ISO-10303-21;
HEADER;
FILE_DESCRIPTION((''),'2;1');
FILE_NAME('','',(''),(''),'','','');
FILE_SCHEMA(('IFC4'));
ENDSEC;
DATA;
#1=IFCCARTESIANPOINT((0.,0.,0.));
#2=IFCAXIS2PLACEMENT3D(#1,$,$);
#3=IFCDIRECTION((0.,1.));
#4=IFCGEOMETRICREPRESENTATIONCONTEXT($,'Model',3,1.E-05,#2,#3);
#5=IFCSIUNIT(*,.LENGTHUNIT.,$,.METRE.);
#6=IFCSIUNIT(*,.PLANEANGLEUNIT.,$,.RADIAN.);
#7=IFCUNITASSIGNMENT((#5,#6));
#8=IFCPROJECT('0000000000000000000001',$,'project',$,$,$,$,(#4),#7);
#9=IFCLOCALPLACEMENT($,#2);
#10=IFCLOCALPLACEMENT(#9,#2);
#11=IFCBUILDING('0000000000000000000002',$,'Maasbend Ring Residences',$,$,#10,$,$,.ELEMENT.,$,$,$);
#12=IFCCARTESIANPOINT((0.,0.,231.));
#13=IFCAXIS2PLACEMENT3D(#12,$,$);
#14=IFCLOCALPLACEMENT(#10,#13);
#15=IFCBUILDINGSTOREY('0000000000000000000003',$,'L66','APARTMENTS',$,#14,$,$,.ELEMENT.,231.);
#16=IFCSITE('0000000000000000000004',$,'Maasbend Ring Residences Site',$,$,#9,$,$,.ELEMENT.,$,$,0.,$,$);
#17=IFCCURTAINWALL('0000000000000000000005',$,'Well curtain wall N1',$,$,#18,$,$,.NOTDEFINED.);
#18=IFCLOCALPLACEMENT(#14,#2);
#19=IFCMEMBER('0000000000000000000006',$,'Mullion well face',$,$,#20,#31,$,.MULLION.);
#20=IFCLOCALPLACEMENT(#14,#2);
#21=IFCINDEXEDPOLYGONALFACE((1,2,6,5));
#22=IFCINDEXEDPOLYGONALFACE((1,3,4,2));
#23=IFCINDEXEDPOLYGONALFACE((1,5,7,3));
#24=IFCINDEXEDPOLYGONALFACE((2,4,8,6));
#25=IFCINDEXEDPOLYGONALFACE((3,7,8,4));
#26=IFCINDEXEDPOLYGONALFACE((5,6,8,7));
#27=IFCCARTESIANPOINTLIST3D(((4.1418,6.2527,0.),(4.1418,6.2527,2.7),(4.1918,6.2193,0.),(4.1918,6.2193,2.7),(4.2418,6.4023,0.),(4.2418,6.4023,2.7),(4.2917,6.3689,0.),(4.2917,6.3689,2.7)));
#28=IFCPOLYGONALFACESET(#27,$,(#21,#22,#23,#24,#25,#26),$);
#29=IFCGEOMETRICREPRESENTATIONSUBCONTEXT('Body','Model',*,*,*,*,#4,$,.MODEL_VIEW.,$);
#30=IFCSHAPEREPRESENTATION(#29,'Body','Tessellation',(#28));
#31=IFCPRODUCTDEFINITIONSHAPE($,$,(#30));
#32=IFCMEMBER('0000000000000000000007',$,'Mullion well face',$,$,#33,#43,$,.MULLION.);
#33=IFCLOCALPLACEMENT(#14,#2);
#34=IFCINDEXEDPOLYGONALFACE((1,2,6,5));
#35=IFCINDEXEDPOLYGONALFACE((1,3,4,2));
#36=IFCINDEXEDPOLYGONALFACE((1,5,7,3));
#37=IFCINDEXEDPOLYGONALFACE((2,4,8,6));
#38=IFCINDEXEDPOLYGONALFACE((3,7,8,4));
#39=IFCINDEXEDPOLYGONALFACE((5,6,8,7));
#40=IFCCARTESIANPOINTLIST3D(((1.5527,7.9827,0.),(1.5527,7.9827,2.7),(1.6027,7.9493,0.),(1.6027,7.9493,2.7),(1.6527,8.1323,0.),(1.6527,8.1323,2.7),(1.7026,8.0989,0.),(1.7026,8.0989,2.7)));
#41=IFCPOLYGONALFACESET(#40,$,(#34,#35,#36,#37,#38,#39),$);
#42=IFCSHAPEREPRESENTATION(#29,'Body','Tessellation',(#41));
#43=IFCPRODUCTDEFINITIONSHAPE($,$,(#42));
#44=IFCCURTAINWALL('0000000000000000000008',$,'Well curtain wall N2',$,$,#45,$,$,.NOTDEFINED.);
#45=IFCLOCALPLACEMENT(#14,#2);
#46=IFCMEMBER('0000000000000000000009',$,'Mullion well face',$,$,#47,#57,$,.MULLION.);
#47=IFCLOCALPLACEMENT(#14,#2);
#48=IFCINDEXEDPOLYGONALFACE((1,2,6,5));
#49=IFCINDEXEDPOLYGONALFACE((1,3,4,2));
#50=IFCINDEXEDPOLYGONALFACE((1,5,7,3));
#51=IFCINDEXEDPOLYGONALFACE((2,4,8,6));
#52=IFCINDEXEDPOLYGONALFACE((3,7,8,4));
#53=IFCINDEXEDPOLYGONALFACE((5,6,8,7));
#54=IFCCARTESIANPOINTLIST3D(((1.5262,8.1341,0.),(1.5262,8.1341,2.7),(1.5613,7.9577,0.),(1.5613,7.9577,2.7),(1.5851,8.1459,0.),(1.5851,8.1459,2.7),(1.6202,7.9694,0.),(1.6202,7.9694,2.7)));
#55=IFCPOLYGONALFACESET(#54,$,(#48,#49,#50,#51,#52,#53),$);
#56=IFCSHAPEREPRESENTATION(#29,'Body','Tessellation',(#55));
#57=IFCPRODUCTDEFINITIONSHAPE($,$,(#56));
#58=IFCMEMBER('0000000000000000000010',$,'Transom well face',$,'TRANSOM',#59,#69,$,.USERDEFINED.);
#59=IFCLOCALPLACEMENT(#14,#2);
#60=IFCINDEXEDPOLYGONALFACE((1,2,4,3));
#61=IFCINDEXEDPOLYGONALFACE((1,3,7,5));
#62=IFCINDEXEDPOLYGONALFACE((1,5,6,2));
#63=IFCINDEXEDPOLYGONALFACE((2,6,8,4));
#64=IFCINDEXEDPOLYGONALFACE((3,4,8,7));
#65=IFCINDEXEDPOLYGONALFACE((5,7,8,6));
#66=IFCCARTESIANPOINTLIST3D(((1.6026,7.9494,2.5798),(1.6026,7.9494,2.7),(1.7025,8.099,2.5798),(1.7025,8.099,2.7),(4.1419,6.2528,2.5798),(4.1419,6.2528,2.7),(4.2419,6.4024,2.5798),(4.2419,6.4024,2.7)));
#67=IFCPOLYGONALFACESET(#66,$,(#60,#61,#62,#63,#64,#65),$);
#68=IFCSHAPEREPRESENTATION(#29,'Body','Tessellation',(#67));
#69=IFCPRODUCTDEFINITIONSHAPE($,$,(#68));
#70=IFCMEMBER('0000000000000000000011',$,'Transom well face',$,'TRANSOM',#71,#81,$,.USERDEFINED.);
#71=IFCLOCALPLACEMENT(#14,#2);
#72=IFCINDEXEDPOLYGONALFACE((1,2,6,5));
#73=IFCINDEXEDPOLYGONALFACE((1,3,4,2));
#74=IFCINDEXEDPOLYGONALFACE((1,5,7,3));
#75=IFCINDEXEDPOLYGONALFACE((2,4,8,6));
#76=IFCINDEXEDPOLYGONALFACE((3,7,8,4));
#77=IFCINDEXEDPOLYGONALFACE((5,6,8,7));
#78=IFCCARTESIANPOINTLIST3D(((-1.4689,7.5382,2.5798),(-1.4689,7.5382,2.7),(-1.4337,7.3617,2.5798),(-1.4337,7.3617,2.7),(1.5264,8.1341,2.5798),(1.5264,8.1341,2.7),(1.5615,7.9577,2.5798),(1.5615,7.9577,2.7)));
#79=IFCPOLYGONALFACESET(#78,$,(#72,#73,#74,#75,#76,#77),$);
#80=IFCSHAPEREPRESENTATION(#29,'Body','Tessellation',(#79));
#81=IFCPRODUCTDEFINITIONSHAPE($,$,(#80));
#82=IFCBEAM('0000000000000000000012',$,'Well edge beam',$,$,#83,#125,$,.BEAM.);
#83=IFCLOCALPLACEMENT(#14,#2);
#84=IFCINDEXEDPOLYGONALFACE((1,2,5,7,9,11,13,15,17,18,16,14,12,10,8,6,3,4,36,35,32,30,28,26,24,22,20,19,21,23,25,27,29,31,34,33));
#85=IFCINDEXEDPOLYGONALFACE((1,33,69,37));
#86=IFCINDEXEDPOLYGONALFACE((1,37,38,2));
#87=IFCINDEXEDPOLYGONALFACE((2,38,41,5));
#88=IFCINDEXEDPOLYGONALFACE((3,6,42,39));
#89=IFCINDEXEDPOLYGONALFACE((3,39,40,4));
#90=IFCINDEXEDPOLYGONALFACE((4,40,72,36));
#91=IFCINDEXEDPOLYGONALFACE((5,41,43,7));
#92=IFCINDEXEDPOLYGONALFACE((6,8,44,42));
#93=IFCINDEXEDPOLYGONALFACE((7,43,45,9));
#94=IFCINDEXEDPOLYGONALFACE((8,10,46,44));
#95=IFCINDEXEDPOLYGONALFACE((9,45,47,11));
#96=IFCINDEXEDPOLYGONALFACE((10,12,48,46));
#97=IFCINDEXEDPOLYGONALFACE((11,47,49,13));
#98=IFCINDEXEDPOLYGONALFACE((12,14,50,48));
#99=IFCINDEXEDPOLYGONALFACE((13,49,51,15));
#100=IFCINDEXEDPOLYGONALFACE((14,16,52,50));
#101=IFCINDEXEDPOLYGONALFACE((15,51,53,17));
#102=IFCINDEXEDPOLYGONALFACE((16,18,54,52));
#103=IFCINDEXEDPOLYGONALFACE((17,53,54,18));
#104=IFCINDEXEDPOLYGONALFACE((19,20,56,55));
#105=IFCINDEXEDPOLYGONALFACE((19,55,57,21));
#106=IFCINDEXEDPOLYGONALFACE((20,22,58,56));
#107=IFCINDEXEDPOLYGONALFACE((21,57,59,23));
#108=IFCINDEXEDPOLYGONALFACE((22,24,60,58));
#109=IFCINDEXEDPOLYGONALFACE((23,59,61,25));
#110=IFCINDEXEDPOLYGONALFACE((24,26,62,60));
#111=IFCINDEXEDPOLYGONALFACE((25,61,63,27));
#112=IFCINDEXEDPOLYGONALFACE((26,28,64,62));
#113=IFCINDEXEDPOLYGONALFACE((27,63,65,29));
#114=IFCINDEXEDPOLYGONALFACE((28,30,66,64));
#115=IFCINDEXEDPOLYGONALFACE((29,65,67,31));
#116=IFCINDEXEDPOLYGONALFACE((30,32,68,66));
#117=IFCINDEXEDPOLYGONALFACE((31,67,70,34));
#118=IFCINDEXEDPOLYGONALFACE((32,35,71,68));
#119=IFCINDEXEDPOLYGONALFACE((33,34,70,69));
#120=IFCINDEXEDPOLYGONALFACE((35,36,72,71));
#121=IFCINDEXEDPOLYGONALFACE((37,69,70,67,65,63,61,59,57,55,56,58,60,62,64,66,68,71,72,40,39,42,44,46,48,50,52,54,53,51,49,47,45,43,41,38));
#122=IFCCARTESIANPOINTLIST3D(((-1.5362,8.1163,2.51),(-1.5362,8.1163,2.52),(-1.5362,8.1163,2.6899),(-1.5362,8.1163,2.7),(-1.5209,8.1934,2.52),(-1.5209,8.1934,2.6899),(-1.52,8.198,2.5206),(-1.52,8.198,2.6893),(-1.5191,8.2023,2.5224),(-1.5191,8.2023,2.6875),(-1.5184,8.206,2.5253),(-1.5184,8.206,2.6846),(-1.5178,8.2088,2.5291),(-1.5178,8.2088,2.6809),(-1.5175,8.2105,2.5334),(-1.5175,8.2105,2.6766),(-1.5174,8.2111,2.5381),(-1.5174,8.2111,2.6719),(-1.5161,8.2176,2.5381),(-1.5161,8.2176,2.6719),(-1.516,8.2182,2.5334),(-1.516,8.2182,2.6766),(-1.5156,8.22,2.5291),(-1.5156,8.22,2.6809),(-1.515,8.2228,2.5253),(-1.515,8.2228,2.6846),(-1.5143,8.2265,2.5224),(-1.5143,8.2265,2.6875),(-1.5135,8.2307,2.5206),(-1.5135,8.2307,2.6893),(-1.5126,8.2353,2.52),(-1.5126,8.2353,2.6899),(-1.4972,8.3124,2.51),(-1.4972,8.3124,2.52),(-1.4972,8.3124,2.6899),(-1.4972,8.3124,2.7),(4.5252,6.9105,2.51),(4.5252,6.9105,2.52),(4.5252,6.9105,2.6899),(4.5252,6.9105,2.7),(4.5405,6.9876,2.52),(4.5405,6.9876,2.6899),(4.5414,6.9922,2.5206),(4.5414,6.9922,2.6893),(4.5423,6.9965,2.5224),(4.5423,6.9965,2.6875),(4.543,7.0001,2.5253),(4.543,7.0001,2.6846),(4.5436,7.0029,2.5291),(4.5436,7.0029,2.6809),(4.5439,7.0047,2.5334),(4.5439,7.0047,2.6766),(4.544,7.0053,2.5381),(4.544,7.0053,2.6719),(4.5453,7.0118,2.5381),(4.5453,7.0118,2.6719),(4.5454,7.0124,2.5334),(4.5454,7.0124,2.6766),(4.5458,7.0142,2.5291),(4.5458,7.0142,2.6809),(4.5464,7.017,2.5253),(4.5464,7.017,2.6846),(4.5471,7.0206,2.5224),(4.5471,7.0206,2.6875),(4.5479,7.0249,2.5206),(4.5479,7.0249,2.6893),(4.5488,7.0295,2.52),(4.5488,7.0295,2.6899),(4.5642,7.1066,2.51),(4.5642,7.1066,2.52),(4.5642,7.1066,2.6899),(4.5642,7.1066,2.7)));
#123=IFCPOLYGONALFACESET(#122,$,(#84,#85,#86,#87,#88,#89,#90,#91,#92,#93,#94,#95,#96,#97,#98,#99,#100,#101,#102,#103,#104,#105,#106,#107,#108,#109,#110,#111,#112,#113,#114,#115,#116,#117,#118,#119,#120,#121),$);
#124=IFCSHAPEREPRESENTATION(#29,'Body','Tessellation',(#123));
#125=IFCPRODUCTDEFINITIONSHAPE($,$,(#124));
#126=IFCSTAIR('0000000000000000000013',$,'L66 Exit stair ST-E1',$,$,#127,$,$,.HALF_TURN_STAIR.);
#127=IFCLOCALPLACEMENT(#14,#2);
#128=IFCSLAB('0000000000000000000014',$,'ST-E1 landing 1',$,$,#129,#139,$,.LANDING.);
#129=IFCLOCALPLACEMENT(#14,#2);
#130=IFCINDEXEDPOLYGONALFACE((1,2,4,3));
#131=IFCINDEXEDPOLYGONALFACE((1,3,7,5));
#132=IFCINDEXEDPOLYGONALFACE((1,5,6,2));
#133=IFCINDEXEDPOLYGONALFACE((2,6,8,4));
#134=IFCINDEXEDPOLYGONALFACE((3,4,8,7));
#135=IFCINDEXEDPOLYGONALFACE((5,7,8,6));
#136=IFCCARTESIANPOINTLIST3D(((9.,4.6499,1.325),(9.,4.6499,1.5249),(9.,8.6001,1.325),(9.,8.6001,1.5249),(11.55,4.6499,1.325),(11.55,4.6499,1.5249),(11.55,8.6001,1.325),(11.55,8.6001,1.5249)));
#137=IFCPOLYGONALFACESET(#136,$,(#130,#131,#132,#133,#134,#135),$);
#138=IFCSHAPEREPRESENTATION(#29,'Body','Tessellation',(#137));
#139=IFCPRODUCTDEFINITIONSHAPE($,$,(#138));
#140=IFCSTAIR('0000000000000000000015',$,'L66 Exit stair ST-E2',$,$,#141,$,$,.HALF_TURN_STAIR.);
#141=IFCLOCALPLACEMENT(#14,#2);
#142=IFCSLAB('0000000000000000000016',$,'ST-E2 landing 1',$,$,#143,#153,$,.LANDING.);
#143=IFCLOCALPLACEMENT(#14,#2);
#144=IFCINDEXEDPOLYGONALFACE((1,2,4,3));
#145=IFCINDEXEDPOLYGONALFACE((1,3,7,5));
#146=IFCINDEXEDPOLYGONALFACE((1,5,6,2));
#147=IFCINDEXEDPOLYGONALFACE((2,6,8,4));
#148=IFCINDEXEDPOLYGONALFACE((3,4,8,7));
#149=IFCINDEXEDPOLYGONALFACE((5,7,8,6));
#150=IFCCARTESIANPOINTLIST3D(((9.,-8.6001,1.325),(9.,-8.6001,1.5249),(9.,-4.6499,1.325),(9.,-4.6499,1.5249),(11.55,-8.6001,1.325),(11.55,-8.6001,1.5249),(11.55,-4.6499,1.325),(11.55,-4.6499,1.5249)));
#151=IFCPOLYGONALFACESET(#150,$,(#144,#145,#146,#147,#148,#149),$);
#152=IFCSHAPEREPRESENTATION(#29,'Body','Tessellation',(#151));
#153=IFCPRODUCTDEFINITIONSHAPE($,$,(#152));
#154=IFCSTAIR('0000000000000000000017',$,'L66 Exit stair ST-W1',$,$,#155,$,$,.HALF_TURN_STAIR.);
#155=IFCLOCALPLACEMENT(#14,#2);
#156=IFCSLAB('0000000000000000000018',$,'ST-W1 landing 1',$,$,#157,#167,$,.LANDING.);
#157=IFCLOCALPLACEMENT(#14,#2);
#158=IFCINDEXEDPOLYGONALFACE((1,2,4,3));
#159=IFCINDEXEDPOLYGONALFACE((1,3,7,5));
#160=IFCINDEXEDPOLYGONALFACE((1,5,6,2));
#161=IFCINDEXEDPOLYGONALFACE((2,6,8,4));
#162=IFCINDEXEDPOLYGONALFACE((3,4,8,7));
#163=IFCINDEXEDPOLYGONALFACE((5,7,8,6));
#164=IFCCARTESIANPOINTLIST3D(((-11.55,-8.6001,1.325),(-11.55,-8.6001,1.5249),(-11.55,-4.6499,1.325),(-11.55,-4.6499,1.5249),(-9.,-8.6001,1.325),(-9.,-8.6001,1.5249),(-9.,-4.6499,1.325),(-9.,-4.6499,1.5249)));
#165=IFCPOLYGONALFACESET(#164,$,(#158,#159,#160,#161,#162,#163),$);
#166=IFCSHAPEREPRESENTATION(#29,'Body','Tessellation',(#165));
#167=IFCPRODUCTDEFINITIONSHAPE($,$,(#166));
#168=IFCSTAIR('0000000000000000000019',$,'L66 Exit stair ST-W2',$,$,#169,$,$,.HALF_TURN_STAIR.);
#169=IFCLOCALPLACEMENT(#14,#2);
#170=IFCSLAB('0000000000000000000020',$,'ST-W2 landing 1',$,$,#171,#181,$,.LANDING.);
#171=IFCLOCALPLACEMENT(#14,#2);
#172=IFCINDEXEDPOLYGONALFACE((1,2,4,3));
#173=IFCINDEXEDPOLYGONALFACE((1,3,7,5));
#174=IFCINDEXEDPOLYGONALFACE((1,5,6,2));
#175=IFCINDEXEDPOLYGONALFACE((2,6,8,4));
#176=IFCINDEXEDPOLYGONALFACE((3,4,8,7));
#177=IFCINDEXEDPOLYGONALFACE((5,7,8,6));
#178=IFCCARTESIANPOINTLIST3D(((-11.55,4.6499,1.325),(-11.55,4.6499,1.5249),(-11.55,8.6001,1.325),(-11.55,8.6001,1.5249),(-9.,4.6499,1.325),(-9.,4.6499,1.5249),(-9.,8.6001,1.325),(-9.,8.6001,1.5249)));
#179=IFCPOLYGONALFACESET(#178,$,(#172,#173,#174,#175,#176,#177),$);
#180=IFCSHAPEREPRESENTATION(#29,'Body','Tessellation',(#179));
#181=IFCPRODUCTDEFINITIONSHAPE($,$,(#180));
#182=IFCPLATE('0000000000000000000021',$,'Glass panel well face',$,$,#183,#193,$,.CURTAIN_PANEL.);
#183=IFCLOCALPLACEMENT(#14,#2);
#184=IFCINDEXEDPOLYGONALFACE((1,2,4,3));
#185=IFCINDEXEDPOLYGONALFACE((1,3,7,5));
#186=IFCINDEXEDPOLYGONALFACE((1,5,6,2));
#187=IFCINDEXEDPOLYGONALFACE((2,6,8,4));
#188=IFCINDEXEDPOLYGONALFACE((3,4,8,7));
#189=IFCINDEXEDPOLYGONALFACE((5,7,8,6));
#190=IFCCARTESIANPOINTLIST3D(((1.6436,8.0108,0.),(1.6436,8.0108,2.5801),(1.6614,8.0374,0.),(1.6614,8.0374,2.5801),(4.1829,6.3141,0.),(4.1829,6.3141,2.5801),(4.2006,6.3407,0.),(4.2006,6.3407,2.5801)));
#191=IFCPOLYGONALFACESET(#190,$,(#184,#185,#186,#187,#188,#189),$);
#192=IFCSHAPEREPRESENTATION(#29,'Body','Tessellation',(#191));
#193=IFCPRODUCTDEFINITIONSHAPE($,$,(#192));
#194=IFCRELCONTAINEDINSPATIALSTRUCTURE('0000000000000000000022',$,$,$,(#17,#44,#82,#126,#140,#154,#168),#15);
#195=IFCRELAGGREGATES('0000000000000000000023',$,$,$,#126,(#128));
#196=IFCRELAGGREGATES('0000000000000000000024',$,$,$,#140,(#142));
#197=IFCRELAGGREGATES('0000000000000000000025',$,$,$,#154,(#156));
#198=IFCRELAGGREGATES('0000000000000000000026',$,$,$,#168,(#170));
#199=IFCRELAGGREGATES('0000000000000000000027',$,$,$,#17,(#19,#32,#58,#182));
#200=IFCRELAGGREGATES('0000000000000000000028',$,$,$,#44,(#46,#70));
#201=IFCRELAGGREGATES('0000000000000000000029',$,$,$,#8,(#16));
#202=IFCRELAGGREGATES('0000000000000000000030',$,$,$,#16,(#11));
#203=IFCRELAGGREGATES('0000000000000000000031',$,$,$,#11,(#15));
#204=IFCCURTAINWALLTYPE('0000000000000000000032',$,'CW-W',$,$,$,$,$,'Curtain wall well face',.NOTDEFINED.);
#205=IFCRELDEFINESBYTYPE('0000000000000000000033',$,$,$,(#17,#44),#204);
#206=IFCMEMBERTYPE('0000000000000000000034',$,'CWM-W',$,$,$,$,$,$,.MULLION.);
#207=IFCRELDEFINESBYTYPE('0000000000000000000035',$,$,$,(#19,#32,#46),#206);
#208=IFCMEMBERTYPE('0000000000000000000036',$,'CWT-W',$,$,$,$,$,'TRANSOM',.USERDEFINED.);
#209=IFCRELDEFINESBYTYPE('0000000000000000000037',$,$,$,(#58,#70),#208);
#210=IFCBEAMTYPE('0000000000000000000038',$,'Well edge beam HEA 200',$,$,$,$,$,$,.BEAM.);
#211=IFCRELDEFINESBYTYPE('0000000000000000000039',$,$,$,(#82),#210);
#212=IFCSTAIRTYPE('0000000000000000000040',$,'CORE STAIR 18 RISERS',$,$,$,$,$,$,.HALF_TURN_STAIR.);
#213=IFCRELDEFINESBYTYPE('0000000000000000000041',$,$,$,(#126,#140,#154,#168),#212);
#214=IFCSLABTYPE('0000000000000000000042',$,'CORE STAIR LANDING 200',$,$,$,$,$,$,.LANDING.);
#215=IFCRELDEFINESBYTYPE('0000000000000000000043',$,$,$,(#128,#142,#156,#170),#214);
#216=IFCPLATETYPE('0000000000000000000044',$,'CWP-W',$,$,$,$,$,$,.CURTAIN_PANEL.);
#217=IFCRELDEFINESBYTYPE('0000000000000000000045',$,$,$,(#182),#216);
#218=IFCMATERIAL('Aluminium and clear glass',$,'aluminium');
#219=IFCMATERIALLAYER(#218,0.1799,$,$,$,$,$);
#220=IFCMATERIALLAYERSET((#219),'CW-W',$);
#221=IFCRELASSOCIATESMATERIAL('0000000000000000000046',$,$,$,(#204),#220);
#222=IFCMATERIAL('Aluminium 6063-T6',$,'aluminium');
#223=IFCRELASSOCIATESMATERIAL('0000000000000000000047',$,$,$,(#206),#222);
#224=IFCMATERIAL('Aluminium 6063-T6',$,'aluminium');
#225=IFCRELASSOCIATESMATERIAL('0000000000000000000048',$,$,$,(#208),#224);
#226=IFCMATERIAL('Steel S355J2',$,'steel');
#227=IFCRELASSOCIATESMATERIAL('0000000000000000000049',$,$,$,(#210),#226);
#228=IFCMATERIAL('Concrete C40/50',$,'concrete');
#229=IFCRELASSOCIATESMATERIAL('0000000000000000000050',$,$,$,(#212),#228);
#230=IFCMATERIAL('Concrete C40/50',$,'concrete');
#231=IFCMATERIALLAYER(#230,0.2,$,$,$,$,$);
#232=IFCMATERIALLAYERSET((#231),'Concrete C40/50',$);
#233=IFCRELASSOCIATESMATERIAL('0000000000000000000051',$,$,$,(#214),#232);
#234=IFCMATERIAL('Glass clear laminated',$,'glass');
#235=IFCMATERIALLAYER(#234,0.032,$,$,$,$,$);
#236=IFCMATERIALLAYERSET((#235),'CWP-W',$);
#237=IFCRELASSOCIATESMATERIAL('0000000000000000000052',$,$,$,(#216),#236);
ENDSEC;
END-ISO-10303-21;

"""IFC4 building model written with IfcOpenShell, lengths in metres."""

from ifc_helpers import new_model, si_unit, direction, frame, origin, origin_2d, place, context, subcontext, project, spatial, polyline, rectangle, i_section, outline, extrude, material, layer, layer_set, material_profile, profile_set, type_object, element, aggregate, save


model = new_model("IFC4")

# Units and contexts
model_context = context("Model", 3, precision=1e-05, world=origin(), true_north=direction((0.0, 1.0)))
body_context = subcontext(model_context, "Body", "Model", "MODEL_VIEW")
ifc_project = project(units=[si_unit("LENGTHUNIT", "METRE"), si_unit("PLANEANGLEUNIT", "RADIAN")], contexts=[model_context])

# Site, building, storey
site_placement = place(None, origin())
site = spatial("IfcSite", under=ifc_project, at=site_placement, Name="Maasbend Ring Residences Site", CompositionType="ELEMENT", RefElevation=0.0)
building_placement = place(site_placement, origin())
building = spatial("IfcBuilding", under=site, at=building_placement, Name="Maasbend Ring Residences", CompositionType="ELEMENT")
storey_placement = place(building_placement, frame((0.0, 0.0, 231.0)))
storey = spatial("IfcBuildingStorey", under=building, at=storey_placement, Name="L66", Description="APARTMENTS", CompositionType="ELEMENT", Elevation=231.0)

# Curtain wall, members
ifc_material_1 = material(Name="Aluminium and clear glass", Category="aluminium")
ifc_layer_1 = layer(ifc_material_1, 0.1799)
ifc_layer_set_1 = layer_set([ifc_layer_1], Name="CW-W")
curtain_wall_type = type_object("IfcCurtainWallType", Name="CW-W", ElementType="Curtain wall well face", PredefinedType="NOTDEFINED", material=ifc_layer_set_1)
curtain_wall_1_placement = place(storey_placement, origin())
curtain_wall_1 = element("IfcCurtainWall", 1, at=curtain_wall_1_placement, inside=storey, type_object=curtain_wall_type, Name="Well curtain wall N1", PredefinedType="NOTDEFINED")
ifc_material_2 = material(Name="Aluminium 6063-T6", Category="aluminium")
ifc_material_profile_1 = material_profile(ifc_material_2, rectangle(XDim=0.1799, YDim=0.0601, at=origin_2d()), Name="AL 180x60")
ifc_profile_set_1 = profile_set([ifc_material_profile_1], Name="Aluminium 6063-T6")
member_type_1 = type_object("IfcMemberType", Name="CWM-W", PredefinedType="MULLION", material=ifc_profile_set_1)
member_1_placement = place(storey_placement, frame((4.2168, 6.3108, 0.0), z_axis=(0.0, 0.0, 1.0), x_axis=(-0.55557, -0.83147, 0.0)))
member_1 = element("IfcMember", 2, at=member_1_placement, type_object=member_type_1, Name="Mullion well face", PredefinedType="MULLION", context=body_context, shape_type="SweptSolid", body=[
    extrude(rectangle(XDim=0.1799, YDim=0.0601, at=origin_2d()), origin(), (0.0, 0.0, 1.0), 2.7),
])
member_2_placement = place(storey_placement, frame((1.6277, 8.0408, 0.0), z_axis=(0.0, 0.0, 1.0), x_axis=(-0.55557, -0.83147, 0.0)))
member_2 = element("IfcMember", 3, at=member_2_placement, type_object=member_type_1, Name="Mullion well face", PredefinedType="MULLION", context=body_context, shape_type="SweptSolid", body=[
    extrude(rectangle(XDim=0.1799, YDim=0.0601, at=origin_2d()), origin(), (0.0, 0.0, 1.0), 2.7),
])

# Curtain wall, member
curtain_wall_2_placement = place(storey_placement, origin())
curtain_wall_2 = element("IfcCurtainWall", 4, at=curtain_wall_2_placement, inside=storey, type_object=curtain_wall_type, Name="Well curtain wall N2", PredefinedType="NOTDEFINED")
member_3_placement = place(storey_placement, frame((1.5732, 8.0518, 0.0), z_axis=(0.0, 0.0, 1.0), x_axis=(0.19509, -0.980785, 0.0)))
member_3 = element("IfcMember", 5, at=member_3_placement, type_object=member_type_1, Name="Mullion well face", PredefinedType="MULLION", context=body_context, shape_type="SweptSolid", body=[
    extrude(rectangle(XDim=0.1799, YDim=0.0601, at=origin_2d()), origin(), (0.0, 0.0, 1.0), 2.7),
])

# Members
ifc_material_3 = material(Name="Aluminium 6063-T6", Category="aluminium")
ifc_material_profile_2 = material_profile(ifc_material_3, rectangle(XDim=0.1799, YDim=0.1201, at=origin_2d()), Name="AL 180x120")
ifc_profile_set_2 = profile_set([ifc_material_profile_2], Name="Aluminium 6063-T6")
member_type_2 = type_object("IfcMemberType", Name="CWT-W", ElementType="TRANSOM", PredefinedType="USERDEFINED", material=ifc_profile_set_2)
member_4_placement = place(storey_placement, frame((4.1919, 6.3276, 2.6399), z_axis=(-0.831496, 0.55553, 0.0), x_axis=(-0.55553, -0.831496, 0.0)))
member_4 = element("IfcMember", 6, at=member_4_placement, type_object=member_type_2, Name="Transom well face", ObjectType="TRANSOM", PredefinedType="USERDEFINED", context=body_context, shape_type="SweptSolid", body=[
    extrude(rectangle(XDim=0.1799, YDim=0.1201, at=origin_2d()), origin(), (0.0, 0.0, 1.0), 3.054),
])
member_5_placement = place(storey_placement, frame((1.5439, 8.0459, 2.6399), z_axis=(-0.980777, -0.195132, 0.0), x_axis=(0.195132, -0.980777, 0.0)))
member_5 = element("IfcMember", 7, at=member_5_placement, type_object=member_type_2, Name="Transom well face", ObjectType="TRANSOM", PredefinedType="USERDEFINED", context=body_context, shape_type="SweptSolid", body=[
    extrude(rectangle(XDim=0.1799, YDim=0.1201, at=origin_2d()), origin(), (0.0, 0.0, 1.0), 3.054),
])

# Beam
ifc_material_4 = material(Name="Steel S355J2", Category="steel")
ifc_material_profile_3 = material_profile(ifc_material_4, i_section(OverallWidth=0.2, OverallDepth=0.1899, WebThickness=0.0066, FlangeThickness=0.01, FilletRadius=0.0181, at=origin_2d()), Name="HEA 200")
ifc_profile_set_3 = profile_set([ifc_material_profile_3], Name="Steel S355J2")
beam_type = type_object("IfcBeamType", Name="Well edge beam HEA 200", PredefinedType="BEAM", material=ifc_profile_set_3)
beam_placement = place(storey_placement, frame((4.5447, 7.0085, 2.605), z_axis=(-0.980781, 0.195113, 0.0), x_axis=(-0.195113, -0.980781, 0.0)))
element("IfcBeam", 8, at=beam_placement, inside=storey, type_object=beam_type, Name="Well edge beam", PredefinedType="BEAM", context=body_context, shape_type="SweptSolid", body=[
    extrude(i_section(OverallWidth=0.2, OverallDepth=0.1899, WebThickness=0.0066, FlangeThickness=0.01, FilletRadius=0.0181, at=origin_2d()), origin(), (0.0, 0.0, 1.0), 6.1802),
])

# Stairs, slabs
ifc_material_5 = material(Name="Concrete C40/50", Category="concrete")
stair_type = type_object("IfcStairType", Name="CORE STAIR 18 RISERS", PredefinedType="HALF_TURN_STAIR", material=ifc_material_5)
stair_1_placement = place(storey_placement, origin())
stair_1 = element("IfcStair", 9, at=stair_1_placement, inside=storey, type_object=stair_type, Name="L66 Exit stair ST-E1", PredefinedType="HALF_TURN_STAIR")
ifc_material_6 = material(Name="Concrete C40/50", Category="concrete")
ifc_layer_2 = layer(ifc_material_6, 0.2)
ifc_layer_set_2 = layer_set([ifc_layer_2], Name="Concrete C40/50")
slab_type_1 = type_object("IfcSlabType", Name="CORE STAIR LANDING 200", PredefinedType="LANDING", material=ifc_layer_set_2)
slab_1_placement = place(storey_placement, frame((0.0, 0.0, 1.325)))
slab_1 = element("IfcSlab", 10, at=slab_1_placement, type_object=slab_type_1, Name="ST-E1 landing 1", PredefinedType="LANDING", context=body_context, shape_type="SweptSolid", body=[
    extrude(outline(polyline([(11.55, 8.6001), (9.0, 8.6001), (9.0, 4.6499), (11.55, 4.6499), (11.55, 8.6001)])), origin(), (0.0, 0.0, 1.0), 0.2),
])
aggregate(stair_1, [slab_1])
stair_2_placement = place(storey_placement, origin())
stair_2 = element("IfcStair", 11, at=stair_2_placement, inside=storey, type_object=stair_type, Name="L66 Exit stair ST-E2", PredefinedType="HALF_TURN_STAIR")
slab_2_placement = place(storey_placement, frame((0.0, 0.0, 1.325)))
slab_2 = element("IfcSlab", 12, at=slab_2_placement, type_object=slab_type_1, Name="ST-E2 landing 1", PredefinedType="LANDING", context=body_context, shape_type="SweptSolid", body=[
    extrude(outline(polyline([(11.55, -4.6499), (9.0, -4.6499), (9.0, -8.6001), (11.55, -8.6001), (11.55, -4.6499)])), origin(), (0.0, 0.0, 1.0), 0.2),
])
aggregate(stair_2, [slab_2])
stair_3_placement = place(storey_placement, origin())
stair_3 = element("IfcStair", 13, at=stair_3_placement, inside=storey, type_object=stair_type, Name="L66 Exit stair ST-W1", PredefinedType="HALF_TURN_STAIR")
slab_3_placement = place(storey_placement, frame((0.0, 0.0, 1.325)))
slab_3 = element("IfcSlab", 14, at=slab_3_placement, type_object=slab_type_1, Name="ST-W1 landing 1", PredefinedType="LANDING", context=body_context, shape_type="SweptSolid", body=[
    extrude(outline(polyline([(-11.55, -8.6001), (-9.0, -8.6001), (-9.0, -4.6499), (-11.55, -4.6499), (-11.55, -8.6001)])), origin(), (0.0, 0.0, 1.0), 0.2),
])
aggregate(stair_3, [slab_3])
stair_4_placement = place(storey_placement, origin())
stair_4 = element("IfcStair", 15, at=stair_4_placement, inside=storey, type_object=stair_type, Name="L66 Exit stair ST-W2", PredefinedType="HALF_TURN_STAIR")
slab_4_placement = place(storey_placement, frame((0.0, 0.0, 1.325)))
slab_4 = element("IfcSlab", 16, at=slab_4_placement, type_object=slab_type_1, Name="ST-W2 landing 1", PredefinedType="LANDING", context=body_context, shape_type="SweptSolid", body=[
    extrude(outline(polyline([(-11.55, 4.6499), (-9.0, 4.6499), (-9.0, 8.6001), (-11.55, 8.6001), (-11.55, 4.6499)])), origin(), (0.0, 0.0, 1.0), 0.2),
])
aggregate(stair_4, [slab_4])

# Plate
ifc_material_7 = material(Name="Glass clear laminated", Category="glass")
ifc_layer_3 = layer(ifc_material_7, 0.032)
ifc_layer_set_3 = layer_set([ifc_layer_3], Name="CWP-W")
plate_type = type_object("IfcPlateType", Name="CWP-W", PredefinedType="CURTAIN_PANEL", material=ifc_layer_set_3)
plate_1_placement = place(storey_placement, frame((2.9221, 7.1758, 0.0), z_axis=(0.0, 0.0, 1.0), x_axis=(-0.83147, 0.55557, 0.0)))
plate_1 = element("IfcPlate", 17, at=plate_1_placement, type_object=plate_type, Name="Glass panel well face", PredefinedType="CURTAIN_PANEL", context=body_context, shape_type="SweptSolid", body=[
    extrude(rectangle(XDim=3.054, YDim=0.032, at=origin_2d()), origin(), (0.0, 0.0, 1.0), 2.5801),
])
aggregate(curtain_wall_1, [member_1, member_2, member_4, plate_1])
aggregate(curtain_wall_2, [member_3, member_5])

save(model, "model.ifc")
